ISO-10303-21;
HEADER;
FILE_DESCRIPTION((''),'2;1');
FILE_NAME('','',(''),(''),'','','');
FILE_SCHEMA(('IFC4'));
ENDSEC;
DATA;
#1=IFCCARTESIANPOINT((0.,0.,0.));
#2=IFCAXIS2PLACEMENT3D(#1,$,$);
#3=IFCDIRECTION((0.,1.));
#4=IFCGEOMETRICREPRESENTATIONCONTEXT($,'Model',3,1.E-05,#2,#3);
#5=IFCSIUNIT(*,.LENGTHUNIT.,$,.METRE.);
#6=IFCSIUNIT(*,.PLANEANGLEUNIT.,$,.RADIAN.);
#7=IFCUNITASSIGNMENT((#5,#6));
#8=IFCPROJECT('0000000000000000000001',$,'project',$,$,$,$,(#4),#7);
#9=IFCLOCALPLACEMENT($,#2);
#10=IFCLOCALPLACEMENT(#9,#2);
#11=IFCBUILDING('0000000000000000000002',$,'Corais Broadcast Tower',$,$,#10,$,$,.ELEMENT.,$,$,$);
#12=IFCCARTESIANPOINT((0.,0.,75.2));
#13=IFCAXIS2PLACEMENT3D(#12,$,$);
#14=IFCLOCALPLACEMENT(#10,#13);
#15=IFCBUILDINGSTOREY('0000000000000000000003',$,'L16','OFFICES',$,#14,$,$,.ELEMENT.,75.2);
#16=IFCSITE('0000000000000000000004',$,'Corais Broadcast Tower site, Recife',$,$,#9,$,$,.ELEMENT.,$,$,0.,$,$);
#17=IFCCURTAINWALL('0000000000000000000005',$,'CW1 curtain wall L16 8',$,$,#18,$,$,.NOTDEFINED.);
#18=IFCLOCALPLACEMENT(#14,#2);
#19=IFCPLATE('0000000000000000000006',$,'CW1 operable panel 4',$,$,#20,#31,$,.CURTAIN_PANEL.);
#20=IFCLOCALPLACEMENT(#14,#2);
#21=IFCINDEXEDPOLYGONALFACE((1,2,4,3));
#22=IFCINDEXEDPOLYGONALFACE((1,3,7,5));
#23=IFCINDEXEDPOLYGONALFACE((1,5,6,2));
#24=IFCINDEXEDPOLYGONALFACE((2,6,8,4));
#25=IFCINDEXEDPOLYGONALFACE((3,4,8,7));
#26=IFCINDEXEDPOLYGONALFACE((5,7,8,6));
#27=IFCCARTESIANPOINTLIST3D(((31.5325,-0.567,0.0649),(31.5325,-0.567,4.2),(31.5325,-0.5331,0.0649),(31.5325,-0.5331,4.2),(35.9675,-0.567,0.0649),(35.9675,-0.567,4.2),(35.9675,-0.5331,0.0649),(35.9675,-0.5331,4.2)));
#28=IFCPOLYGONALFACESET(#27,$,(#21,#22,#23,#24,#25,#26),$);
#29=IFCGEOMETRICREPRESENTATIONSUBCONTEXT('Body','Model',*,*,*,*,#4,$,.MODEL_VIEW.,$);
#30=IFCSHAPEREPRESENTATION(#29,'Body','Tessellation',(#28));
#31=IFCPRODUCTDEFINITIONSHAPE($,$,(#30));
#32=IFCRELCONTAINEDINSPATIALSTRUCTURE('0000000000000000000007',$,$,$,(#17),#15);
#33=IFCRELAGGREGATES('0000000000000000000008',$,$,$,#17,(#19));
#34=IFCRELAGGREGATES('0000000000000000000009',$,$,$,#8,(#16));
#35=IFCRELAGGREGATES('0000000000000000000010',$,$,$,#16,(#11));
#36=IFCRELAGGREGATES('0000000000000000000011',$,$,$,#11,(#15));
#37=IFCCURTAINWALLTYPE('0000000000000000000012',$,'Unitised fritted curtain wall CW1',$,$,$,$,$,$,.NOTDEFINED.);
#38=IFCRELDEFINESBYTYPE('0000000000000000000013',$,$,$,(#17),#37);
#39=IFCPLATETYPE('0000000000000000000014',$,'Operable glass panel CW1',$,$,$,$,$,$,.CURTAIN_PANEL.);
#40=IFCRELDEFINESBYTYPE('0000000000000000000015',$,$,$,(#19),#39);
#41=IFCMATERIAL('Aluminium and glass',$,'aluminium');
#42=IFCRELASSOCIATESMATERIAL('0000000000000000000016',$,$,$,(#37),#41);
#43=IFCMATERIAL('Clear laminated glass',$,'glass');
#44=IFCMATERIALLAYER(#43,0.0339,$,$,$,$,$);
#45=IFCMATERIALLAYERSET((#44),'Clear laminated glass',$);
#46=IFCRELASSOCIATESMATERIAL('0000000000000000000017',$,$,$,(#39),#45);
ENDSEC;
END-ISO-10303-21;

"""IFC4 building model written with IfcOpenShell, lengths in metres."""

from ifc_helpers import new_model, si_unit, direction, frame, origin, origin_2d, place, context, subcontext, project, spatial, rectangle, extrude, material, layer, layer_set, type_object, element, aggregate, save


model = new_model("IFC4")

# Units and contexts
model_context = context("Model", 3, precision=1e-05, world=origin(), true_north=direction((0.0, 1.0)))
body_context = subcontext(model_context, "Body", "Model", "MODEL_VIEW")
ifc_project = project(units=[si_unit("LENGTHUNIT", "METRE"), si_unit("PLANEANGLEUNIT", "RADIAN")], contexts=[model_context])

# Site, building, storey
site_placement = place(None, origin())
site = spatial("IfcSite", under=ifc_project, at=site_placement, Name="Corais Broadcast Tower site, Recife", CompositionType="ELEMENT", RefElevation=0.0)
building_placement = place(site_placement, origin())
building = spatial("IfcBuilding", under=site, at=building_placement, Name="Corais Broadcast Tower", CompositionType="ELEMENT")
storey_placement = place(building_placement, frame((0.0, 0.0, 75.2)))
storey = spatial("IfcBuildingStorey", under=building, at=storey_placement, Name="L16", Description="OFFICES", CompositionType="ELEMENT", Elevation=75.2)

# Curtain wall
ifc_material_1 = material(Name="Aluminium and glass", Category="aluminium")
curtain_wall_type = type_object("IfcCurtainWallType", Name="Unitised fritted curtain wall CW1", PredefinedType="NOTDEFINED", material=ifc_material_1)
curtain_wall_placement = place(storey_placement, origin())
curtain_wall = element("IfcCurtainWall", 1, at=curtain_wall_placement, inside=storey, type_object=curtain_wall_type, Name="CW1 curtain wall L16 8", PredefinedType="NOTDEFINED")

# Plate
ifc_material_2 = material(Name="Clear laminated glass", Category="glass")
ifc_layer_1 = layer(ifc_material_2, 0.0339)
ifc_layer_set_1 = layer_set([ifc_layer_1], Name="Clear laminated glass")
plate_type_1 = type_object("IfcPlateType", Name="Operable glass panel CW1", PredefinedType="CURTAIN_PANEL", material=ifc_layer_set_1)
plate_1_placement = place(storey_placement, frame((33.75, -0.55, 0.0649), z_axis=(0.0, 0.0, 1.0), x_axis=(-1.0, 0.0, 0.0)))
plate_1 = element("IfcPlate", 2, at=plate_1_placement, type_object=plate_type_1, Name="CW1 operable panel 4", PredefinedType="CURTAIN_PANEL", context=body_context, shape_type="SweptSolid", body=[
    extrude(rectangle(XDim=4.4351, YDim=0.0339, at=origin_2d()), origin(), (0.0, 0.0, 1.0), 4.135),
])
aggregate(curtain_wall, [plate_1])

save(model, "model.ifc")
